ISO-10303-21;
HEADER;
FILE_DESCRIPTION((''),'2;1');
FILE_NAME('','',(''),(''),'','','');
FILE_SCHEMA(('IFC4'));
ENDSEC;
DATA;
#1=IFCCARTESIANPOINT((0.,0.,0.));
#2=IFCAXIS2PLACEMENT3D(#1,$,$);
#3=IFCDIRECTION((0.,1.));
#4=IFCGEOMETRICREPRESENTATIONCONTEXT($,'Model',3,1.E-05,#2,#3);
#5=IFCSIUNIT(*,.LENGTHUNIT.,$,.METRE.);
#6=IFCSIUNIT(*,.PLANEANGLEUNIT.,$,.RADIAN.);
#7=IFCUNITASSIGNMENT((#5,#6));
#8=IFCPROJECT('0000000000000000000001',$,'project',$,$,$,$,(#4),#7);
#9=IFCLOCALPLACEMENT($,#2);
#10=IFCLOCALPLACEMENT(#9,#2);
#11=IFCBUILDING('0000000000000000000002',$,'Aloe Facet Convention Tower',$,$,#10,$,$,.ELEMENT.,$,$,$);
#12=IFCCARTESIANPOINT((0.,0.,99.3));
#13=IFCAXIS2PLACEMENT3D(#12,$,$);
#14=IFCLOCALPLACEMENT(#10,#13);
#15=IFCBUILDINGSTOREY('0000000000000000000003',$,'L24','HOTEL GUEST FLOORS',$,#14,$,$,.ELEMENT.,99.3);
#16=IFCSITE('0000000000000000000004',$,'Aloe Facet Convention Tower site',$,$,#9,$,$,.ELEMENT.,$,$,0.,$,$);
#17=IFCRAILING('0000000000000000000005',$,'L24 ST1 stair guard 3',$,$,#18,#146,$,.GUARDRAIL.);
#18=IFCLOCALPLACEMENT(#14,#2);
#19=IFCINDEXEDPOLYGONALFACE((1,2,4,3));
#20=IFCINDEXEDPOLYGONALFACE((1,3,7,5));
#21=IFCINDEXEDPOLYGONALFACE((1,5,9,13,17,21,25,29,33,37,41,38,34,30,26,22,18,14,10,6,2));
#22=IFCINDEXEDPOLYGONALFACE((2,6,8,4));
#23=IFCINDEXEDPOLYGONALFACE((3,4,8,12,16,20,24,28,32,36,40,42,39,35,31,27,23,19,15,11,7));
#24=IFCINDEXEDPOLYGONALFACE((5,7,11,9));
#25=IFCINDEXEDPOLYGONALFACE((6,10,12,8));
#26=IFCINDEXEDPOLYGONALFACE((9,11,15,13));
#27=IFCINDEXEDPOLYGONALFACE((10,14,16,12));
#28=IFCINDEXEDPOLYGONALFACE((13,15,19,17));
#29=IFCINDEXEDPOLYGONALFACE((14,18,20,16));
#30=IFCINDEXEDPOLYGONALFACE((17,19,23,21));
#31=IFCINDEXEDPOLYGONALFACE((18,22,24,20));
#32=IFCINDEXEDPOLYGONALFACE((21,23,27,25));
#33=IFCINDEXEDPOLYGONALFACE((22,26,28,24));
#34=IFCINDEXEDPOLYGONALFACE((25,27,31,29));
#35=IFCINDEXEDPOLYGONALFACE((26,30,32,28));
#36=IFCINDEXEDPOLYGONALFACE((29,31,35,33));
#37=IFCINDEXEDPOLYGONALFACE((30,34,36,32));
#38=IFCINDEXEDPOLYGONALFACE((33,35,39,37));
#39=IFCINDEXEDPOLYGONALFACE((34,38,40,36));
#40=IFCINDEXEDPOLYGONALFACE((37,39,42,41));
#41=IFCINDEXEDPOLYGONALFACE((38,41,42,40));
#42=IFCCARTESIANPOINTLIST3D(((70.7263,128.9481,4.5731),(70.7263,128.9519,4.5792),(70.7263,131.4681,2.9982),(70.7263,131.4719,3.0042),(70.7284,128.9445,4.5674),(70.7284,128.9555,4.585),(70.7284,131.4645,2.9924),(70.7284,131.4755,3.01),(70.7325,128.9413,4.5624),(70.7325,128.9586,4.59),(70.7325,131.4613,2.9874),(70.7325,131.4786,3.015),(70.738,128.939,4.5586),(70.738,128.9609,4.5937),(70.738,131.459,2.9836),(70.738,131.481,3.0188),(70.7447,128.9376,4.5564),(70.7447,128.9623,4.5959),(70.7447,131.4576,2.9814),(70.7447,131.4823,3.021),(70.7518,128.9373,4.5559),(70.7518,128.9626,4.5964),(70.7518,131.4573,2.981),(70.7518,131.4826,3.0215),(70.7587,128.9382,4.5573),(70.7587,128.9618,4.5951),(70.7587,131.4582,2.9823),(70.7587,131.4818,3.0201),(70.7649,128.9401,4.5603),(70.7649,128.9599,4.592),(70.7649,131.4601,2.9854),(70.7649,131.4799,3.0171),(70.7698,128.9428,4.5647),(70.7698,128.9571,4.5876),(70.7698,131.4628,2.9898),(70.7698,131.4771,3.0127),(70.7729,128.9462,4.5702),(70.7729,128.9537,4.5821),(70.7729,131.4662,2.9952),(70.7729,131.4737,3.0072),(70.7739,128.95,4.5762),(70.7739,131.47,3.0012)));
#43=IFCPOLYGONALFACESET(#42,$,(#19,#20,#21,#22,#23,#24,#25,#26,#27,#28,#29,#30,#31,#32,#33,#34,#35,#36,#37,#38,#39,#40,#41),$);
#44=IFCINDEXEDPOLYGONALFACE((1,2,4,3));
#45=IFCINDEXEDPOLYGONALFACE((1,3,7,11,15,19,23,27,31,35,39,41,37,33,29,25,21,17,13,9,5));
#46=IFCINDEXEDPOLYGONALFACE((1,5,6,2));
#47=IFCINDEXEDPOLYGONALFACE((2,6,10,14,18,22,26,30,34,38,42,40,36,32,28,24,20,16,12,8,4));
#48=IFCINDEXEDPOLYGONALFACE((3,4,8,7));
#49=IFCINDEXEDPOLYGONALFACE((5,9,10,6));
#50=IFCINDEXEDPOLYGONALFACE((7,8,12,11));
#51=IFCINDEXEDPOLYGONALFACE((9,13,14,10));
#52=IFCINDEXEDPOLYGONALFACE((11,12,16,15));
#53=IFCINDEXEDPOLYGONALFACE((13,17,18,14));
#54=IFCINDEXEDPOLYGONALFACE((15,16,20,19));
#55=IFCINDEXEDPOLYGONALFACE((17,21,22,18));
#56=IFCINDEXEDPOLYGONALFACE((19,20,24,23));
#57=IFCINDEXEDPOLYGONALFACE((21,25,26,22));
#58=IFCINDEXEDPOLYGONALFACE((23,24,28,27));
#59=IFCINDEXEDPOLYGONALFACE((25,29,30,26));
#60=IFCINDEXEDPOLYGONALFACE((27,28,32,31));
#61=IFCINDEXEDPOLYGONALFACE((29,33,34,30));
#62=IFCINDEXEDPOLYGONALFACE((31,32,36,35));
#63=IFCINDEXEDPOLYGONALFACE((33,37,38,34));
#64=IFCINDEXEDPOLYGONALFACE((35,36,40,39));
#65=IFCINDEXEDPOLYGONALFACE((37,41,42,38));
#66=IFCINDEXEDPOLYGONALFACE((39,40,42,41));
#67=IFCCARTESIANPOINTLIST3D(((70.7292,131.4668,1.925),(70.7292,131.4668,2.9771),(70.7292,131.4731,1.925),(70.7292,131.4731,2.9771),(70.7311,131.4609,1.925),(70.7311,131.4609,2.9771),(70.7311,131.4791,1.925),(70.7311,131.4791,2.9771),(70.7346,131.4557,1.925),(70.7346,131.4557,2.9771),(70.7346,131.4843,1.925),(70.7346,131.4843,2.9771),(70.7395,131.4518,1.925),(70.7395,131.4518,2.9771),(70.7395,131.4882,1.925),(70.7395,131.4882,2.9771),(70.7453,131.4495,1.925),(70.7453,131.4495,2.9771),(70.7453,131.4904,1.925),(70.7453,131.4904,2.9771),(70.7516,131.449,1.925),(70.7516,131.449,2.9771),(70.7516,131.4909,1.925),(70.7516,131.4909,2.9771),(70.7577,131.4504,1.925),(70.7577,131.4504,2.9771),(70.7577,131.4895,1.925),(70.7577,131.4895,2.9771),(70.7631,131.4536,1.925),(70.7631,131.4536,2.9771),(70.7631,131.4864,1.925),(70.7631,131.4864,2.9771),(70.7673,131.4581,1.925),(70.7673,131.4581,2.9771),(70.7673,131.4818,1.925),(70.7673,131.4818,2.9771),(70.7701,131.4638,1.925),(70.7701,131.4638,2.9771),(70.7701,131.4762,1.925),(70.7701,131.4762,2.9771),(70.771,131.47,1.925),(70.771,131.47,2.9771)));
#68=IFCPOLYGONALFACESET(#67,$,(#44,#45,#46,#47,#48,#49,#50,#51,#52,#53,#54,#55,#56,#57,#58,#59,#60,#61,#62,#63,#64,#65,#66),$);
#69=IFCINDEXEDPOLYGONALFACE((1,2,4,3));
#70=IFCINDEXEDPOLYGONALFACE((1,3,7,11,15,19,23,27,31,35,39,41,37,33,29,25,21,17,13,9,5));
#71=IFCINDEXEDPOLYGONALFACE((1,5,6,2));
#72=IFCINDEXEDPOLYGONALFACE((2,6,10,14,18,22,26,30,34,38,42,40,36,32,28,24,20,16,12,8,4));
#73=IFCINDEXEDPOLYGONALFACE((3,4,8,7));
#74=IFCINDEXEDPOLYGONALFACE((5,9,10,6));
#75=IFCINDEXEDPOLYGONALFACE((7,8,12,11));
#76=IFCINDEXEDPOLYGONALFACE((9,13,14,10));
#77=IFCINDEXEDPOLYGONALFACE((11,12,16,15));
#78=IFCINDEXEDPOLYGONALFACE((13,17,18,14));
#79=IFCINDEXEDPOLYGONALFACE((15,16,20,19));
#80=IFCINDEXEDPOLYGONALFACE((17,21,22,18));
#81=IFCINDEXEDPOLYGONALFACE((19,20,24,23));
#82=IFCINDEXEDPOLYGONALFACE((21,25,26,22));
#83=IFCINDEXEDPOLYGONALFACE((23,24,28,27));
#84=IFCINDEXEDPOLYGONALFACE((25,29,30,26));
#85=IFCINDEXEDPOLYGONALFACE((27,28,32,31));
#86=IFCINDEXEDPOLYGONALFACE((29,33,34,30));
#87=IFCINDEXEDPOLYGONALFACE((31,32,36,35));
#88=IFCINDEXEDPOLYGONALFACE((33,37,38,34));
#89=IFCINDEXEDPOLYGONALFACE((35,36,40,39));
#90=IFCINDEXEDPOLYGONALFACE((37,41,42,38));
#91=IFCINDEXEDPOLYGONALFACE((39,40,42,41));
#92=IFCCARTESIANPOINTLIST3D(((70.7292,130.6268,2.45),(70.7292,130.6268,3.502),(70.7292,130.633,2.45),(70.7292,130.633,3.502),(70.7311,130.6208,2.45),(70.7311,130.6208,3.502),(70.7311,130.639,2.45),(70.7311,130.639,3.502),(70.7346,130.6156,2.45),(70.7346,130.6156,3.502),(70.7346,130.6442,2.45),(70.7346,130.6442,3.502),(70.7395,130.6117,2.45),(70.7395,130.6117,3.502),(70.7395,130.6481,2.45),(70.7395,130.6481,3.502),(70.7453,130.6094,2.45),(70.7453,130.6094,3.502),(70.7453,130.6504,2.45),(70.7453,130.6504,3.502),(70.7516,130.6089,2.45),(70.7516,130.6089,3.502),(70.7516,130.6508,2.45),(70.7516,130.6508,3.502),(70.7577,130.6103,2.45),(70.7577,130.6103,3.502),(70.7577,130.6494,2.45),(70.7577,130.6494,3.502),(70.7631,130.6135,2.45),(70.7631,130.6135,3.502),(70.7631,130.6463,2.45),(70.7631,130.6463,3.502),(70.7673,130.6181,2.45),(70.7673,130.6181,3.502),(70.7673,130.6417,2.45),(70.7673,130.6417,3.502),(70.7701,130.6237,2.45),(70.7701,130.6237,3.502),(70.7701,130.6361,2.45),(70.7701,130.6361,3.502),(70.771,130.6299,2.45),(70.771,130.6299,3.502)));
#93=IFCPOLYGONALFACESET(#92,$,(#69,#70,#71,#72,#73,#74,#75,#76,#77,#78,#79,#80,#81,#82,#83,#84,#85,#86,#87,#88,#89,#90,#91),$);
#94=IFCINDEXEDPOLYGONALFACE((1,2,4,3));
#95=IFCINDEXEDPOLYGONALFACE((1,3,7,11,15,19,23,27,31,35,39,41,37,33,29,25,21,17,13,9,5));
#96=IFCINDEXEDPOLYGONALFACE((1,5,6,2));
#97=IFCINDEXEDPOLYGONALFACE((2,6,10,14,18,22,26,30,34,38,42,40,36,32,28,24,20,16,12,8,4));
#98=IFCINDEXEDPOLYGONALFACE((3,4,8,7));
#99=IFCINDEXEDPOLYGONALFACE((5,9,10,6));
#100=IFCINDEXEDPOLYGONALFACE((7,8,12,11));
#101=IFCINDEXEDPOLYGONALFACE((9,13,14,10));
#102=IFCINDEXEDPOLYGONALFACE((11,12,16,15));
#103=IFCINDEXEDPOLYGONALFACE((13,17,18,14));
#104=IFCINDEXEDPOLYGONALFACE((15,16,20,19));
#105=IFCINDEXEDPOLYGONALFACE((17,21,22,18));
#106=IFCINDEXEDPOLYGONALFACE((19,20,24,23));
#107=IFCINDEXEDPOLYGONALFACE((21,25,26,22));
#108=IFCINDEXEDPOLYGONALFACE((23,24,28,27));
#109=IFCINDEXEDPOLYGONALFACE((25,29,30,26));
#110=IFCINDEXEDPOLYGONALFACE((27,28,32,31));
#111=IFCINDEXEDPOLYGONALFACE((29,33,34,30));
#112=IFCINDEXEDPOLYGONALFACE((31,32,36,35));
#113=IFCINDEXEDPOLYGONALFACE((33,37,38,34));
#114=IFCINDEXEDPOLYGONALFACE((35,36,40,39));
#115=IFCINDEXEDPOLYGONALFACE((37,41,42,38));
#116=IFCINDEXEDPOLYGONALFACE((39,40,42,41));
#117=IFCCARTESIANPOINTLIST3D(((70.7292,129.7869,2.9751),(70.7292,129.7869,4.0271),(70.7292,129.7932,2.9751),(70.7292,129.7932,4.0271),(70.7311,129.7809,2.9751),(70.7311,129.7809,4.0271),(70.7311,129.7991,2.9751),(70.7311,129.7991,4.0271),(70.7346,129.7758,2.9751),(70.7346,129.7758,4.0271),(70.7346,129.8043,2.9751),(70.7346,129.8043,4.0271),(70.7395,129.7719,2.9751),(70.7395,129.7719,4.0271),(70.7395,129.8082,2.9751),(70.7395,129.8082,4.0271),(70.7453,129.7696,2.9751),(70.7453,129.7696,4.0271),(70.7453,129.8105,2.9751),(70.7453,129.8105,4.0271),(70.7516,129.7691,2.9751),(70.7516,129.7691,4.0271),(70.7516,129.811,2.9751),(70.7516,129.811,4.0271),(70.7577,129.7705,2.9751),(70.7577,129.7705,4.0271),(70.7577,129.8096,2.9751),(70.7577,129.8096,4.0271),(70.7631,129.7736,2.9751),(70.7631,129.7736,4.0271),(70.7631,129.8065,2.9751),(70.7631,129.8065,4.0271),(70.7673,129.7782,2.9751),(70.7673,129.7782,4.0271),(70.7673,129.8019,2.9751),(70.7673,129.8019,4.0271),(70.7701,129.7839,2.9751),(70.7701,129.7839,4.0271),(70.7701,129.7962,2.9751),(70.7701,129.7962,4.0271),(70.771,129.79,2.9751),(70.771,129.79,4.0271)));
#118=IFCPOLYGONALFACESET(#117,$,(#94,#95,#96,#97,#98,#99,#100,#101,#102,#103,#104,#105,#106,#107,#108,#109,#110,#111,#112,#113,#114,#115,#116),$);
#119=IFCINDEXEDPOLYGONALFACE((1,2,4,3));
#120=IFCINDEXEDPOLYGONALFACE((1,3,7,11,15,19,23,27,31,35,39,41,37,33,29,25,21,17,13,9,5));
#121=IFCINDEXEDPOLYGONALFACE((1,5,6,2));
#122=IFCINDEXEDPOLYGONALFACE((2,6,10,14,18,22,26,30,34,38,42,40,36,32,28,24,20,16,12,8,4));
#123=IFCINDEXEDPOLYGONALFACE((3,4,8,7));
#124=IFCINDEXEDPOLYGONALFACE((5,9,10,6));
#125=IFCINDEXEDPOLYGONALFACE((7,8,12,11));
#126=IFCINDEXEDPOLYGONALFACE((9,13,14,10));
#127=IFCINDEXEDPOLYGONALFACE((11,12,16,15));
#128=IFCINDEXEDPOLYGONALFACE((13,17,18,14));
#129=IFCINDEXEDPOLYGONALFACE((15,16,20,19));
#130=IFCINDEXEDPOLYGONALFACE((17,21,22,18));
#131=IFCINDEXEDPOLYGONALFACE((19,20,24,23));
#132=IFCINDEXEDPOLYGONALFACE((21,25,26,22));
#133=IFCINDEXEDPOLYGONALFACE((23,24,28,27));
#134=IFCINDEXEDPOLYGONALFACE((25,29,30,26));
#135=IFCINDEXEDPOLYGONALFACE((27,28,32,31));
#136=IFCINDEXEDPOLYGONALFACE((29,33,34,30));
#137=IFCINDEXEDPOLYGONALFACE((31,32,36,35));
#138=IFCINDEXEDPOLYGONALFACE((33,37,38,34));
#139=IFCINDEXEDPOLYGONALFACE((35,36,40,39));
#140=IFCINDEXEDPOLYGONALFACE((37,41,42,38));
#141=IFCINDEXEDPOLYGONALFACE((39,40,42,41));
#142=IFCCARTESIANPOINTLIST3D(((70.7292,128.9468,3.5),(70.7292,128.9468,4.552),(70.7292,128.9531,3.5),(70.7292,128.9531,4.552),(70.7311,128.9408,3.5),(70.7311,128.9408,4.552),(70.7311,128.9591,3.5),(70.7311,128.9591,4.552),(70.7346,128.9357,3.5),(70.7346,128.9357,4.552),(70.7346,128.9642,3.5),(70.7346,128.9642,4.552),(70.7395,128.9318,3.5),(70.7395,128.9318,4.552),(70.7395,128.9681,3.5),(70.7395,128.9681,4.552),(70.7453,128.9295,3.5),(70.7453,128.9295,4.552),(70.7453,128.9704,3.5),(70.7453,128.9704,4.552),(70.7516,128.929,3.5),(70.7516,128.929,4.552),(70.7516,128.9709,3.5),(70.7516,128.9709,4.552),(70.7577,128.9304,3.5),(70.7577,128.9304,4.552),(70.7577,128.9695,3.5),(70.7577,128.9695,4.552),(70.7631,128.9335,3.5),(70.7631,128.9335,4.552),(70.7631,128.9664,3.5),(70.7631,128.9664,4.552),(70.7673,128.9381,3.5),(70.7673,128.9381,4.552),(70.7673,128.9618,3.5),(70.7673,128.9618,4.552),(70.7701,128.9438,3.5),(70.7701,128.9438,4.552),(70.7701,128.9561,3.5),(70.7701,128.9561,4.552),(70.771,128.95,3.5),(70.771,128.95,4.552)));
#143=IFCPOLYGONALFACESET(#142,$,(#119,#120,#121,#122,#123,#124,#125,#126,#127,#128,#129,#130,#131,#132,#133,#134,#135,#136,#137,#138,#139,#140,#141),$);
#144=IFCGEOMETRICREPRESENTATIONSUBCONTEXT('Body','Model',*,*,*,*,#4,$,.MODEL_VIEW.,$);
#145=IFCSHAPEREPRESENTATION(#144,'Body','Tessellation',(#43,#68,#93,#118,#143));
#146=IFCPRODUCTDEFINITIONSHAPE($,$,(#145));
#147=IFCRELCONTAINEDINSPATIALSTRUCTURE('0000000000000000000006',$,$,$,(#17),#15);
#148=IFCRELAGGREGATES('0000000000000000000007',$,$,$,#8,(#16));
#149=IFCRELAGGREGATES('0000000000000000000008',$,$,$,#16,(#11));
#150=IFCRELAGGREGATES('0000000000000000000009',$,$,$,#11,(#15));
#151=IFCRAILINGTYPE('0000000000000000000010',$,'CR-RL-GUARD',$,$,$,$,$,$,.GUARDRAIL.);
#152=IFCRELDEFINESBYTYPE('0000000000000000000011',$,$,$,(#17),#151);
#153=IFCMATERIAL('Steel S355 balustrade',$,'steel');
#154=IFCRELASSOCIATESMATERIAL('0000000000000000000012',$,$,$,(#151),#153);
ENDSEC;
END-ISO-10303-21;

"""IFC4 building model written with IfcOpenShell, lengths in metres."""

from ifc_helpers import new_model, si_unit, direction, frame, origin, origin_2d, place, context, subcontext, project, spatial, circle, extrude, material, type_object, element, save


model = new_model("IFC4")

# Units and contexts
model_context = context("Model", 3, precision=1e-05, world=origin(), true_north=direction((0.0, 1.0)))
body_context = subcontext(model_context, "Body", "Model", "MODEL_VIEW")
ifc_project = project(units=[si_unit("LENGTHUNIT", "METRE"), si_unit("PLANEANGLEUNIT", "RADIAN")], contexts=[model_context])

# Site, building, storey
site_placement = place(None, origin())
site = spatial("IfcSite", under=ifc_project, at=site_placement, Name="Aloe Facet Convention Tower site", CompositionType="ELEMENT", RefElevation=0.0)
building_placement = place(site_placement, origin())
building = spatial("IfcBuilding", under=site, at=building_placement, Name="Aloe Facet Convention Tower", CompositionType="ELEMENT")
storey_placement = place(building_placement, frame((0.0, 0.0, 99.3)))
storey = spatial("IfcBuildingStorey", under=building, at=storey_placement, Name="L24", Description="HOTEL GUEST FLOORS", CompositionType="ELEMENT", Elevation=99.3)

# Railing
ifc_material_1 = material(Name="Steel S355 balustrade", Category="steel")
railing_type_1 = type_object("IfcRailingType", Name="CR-RL-GUARD", PredefinedType="GUARDRAIL", material=ifc_material_1)
railing_1_placement = place(storey_placement, frame((70.75, 131.47, 1.925)))
element("IfcRailing", 1, at=railing_1_placement, inside=storey, type_object=railing_type_1, Name="L24 ST1 stair guard 3", PredefinedType="GUARDRAIL", context=body_context, shape_type="SweptSolid", body=[
    extrude(circle(Radius=0.0239, at=origin_2d()), frame((0.0, 0.0, 1.0762), z_axis=(0.0, -0.848008, 0.529984), x_axis=(1.0, 0.0, 0.0)), (0.0, 0.0, 1.0), 2.9717),
    extrude(circle(Radius=0.021, at=origin_2d()), origin(), (0.0, 0.0, 1.0), 1.052),
    extrude(circle(Radius=0.021, at=origin_2d()), frame((0.0, -0.8401, 0.5249)), (0.0, 0.0, 1.0), 1.052),
    extrude(circle(Radius=0.021, at=origin_2d()), frame((0.0, -1.6799, 1.05)), (0.0, 0.0, 1.0), 1.052),
    extrude(circle(Radius=0.021, at=origin_2d()), frame((0.0, -2.52, 1.575)), (0.0, 0.0, 1.0), 1.052),
])

save(model, "model.ifc")
